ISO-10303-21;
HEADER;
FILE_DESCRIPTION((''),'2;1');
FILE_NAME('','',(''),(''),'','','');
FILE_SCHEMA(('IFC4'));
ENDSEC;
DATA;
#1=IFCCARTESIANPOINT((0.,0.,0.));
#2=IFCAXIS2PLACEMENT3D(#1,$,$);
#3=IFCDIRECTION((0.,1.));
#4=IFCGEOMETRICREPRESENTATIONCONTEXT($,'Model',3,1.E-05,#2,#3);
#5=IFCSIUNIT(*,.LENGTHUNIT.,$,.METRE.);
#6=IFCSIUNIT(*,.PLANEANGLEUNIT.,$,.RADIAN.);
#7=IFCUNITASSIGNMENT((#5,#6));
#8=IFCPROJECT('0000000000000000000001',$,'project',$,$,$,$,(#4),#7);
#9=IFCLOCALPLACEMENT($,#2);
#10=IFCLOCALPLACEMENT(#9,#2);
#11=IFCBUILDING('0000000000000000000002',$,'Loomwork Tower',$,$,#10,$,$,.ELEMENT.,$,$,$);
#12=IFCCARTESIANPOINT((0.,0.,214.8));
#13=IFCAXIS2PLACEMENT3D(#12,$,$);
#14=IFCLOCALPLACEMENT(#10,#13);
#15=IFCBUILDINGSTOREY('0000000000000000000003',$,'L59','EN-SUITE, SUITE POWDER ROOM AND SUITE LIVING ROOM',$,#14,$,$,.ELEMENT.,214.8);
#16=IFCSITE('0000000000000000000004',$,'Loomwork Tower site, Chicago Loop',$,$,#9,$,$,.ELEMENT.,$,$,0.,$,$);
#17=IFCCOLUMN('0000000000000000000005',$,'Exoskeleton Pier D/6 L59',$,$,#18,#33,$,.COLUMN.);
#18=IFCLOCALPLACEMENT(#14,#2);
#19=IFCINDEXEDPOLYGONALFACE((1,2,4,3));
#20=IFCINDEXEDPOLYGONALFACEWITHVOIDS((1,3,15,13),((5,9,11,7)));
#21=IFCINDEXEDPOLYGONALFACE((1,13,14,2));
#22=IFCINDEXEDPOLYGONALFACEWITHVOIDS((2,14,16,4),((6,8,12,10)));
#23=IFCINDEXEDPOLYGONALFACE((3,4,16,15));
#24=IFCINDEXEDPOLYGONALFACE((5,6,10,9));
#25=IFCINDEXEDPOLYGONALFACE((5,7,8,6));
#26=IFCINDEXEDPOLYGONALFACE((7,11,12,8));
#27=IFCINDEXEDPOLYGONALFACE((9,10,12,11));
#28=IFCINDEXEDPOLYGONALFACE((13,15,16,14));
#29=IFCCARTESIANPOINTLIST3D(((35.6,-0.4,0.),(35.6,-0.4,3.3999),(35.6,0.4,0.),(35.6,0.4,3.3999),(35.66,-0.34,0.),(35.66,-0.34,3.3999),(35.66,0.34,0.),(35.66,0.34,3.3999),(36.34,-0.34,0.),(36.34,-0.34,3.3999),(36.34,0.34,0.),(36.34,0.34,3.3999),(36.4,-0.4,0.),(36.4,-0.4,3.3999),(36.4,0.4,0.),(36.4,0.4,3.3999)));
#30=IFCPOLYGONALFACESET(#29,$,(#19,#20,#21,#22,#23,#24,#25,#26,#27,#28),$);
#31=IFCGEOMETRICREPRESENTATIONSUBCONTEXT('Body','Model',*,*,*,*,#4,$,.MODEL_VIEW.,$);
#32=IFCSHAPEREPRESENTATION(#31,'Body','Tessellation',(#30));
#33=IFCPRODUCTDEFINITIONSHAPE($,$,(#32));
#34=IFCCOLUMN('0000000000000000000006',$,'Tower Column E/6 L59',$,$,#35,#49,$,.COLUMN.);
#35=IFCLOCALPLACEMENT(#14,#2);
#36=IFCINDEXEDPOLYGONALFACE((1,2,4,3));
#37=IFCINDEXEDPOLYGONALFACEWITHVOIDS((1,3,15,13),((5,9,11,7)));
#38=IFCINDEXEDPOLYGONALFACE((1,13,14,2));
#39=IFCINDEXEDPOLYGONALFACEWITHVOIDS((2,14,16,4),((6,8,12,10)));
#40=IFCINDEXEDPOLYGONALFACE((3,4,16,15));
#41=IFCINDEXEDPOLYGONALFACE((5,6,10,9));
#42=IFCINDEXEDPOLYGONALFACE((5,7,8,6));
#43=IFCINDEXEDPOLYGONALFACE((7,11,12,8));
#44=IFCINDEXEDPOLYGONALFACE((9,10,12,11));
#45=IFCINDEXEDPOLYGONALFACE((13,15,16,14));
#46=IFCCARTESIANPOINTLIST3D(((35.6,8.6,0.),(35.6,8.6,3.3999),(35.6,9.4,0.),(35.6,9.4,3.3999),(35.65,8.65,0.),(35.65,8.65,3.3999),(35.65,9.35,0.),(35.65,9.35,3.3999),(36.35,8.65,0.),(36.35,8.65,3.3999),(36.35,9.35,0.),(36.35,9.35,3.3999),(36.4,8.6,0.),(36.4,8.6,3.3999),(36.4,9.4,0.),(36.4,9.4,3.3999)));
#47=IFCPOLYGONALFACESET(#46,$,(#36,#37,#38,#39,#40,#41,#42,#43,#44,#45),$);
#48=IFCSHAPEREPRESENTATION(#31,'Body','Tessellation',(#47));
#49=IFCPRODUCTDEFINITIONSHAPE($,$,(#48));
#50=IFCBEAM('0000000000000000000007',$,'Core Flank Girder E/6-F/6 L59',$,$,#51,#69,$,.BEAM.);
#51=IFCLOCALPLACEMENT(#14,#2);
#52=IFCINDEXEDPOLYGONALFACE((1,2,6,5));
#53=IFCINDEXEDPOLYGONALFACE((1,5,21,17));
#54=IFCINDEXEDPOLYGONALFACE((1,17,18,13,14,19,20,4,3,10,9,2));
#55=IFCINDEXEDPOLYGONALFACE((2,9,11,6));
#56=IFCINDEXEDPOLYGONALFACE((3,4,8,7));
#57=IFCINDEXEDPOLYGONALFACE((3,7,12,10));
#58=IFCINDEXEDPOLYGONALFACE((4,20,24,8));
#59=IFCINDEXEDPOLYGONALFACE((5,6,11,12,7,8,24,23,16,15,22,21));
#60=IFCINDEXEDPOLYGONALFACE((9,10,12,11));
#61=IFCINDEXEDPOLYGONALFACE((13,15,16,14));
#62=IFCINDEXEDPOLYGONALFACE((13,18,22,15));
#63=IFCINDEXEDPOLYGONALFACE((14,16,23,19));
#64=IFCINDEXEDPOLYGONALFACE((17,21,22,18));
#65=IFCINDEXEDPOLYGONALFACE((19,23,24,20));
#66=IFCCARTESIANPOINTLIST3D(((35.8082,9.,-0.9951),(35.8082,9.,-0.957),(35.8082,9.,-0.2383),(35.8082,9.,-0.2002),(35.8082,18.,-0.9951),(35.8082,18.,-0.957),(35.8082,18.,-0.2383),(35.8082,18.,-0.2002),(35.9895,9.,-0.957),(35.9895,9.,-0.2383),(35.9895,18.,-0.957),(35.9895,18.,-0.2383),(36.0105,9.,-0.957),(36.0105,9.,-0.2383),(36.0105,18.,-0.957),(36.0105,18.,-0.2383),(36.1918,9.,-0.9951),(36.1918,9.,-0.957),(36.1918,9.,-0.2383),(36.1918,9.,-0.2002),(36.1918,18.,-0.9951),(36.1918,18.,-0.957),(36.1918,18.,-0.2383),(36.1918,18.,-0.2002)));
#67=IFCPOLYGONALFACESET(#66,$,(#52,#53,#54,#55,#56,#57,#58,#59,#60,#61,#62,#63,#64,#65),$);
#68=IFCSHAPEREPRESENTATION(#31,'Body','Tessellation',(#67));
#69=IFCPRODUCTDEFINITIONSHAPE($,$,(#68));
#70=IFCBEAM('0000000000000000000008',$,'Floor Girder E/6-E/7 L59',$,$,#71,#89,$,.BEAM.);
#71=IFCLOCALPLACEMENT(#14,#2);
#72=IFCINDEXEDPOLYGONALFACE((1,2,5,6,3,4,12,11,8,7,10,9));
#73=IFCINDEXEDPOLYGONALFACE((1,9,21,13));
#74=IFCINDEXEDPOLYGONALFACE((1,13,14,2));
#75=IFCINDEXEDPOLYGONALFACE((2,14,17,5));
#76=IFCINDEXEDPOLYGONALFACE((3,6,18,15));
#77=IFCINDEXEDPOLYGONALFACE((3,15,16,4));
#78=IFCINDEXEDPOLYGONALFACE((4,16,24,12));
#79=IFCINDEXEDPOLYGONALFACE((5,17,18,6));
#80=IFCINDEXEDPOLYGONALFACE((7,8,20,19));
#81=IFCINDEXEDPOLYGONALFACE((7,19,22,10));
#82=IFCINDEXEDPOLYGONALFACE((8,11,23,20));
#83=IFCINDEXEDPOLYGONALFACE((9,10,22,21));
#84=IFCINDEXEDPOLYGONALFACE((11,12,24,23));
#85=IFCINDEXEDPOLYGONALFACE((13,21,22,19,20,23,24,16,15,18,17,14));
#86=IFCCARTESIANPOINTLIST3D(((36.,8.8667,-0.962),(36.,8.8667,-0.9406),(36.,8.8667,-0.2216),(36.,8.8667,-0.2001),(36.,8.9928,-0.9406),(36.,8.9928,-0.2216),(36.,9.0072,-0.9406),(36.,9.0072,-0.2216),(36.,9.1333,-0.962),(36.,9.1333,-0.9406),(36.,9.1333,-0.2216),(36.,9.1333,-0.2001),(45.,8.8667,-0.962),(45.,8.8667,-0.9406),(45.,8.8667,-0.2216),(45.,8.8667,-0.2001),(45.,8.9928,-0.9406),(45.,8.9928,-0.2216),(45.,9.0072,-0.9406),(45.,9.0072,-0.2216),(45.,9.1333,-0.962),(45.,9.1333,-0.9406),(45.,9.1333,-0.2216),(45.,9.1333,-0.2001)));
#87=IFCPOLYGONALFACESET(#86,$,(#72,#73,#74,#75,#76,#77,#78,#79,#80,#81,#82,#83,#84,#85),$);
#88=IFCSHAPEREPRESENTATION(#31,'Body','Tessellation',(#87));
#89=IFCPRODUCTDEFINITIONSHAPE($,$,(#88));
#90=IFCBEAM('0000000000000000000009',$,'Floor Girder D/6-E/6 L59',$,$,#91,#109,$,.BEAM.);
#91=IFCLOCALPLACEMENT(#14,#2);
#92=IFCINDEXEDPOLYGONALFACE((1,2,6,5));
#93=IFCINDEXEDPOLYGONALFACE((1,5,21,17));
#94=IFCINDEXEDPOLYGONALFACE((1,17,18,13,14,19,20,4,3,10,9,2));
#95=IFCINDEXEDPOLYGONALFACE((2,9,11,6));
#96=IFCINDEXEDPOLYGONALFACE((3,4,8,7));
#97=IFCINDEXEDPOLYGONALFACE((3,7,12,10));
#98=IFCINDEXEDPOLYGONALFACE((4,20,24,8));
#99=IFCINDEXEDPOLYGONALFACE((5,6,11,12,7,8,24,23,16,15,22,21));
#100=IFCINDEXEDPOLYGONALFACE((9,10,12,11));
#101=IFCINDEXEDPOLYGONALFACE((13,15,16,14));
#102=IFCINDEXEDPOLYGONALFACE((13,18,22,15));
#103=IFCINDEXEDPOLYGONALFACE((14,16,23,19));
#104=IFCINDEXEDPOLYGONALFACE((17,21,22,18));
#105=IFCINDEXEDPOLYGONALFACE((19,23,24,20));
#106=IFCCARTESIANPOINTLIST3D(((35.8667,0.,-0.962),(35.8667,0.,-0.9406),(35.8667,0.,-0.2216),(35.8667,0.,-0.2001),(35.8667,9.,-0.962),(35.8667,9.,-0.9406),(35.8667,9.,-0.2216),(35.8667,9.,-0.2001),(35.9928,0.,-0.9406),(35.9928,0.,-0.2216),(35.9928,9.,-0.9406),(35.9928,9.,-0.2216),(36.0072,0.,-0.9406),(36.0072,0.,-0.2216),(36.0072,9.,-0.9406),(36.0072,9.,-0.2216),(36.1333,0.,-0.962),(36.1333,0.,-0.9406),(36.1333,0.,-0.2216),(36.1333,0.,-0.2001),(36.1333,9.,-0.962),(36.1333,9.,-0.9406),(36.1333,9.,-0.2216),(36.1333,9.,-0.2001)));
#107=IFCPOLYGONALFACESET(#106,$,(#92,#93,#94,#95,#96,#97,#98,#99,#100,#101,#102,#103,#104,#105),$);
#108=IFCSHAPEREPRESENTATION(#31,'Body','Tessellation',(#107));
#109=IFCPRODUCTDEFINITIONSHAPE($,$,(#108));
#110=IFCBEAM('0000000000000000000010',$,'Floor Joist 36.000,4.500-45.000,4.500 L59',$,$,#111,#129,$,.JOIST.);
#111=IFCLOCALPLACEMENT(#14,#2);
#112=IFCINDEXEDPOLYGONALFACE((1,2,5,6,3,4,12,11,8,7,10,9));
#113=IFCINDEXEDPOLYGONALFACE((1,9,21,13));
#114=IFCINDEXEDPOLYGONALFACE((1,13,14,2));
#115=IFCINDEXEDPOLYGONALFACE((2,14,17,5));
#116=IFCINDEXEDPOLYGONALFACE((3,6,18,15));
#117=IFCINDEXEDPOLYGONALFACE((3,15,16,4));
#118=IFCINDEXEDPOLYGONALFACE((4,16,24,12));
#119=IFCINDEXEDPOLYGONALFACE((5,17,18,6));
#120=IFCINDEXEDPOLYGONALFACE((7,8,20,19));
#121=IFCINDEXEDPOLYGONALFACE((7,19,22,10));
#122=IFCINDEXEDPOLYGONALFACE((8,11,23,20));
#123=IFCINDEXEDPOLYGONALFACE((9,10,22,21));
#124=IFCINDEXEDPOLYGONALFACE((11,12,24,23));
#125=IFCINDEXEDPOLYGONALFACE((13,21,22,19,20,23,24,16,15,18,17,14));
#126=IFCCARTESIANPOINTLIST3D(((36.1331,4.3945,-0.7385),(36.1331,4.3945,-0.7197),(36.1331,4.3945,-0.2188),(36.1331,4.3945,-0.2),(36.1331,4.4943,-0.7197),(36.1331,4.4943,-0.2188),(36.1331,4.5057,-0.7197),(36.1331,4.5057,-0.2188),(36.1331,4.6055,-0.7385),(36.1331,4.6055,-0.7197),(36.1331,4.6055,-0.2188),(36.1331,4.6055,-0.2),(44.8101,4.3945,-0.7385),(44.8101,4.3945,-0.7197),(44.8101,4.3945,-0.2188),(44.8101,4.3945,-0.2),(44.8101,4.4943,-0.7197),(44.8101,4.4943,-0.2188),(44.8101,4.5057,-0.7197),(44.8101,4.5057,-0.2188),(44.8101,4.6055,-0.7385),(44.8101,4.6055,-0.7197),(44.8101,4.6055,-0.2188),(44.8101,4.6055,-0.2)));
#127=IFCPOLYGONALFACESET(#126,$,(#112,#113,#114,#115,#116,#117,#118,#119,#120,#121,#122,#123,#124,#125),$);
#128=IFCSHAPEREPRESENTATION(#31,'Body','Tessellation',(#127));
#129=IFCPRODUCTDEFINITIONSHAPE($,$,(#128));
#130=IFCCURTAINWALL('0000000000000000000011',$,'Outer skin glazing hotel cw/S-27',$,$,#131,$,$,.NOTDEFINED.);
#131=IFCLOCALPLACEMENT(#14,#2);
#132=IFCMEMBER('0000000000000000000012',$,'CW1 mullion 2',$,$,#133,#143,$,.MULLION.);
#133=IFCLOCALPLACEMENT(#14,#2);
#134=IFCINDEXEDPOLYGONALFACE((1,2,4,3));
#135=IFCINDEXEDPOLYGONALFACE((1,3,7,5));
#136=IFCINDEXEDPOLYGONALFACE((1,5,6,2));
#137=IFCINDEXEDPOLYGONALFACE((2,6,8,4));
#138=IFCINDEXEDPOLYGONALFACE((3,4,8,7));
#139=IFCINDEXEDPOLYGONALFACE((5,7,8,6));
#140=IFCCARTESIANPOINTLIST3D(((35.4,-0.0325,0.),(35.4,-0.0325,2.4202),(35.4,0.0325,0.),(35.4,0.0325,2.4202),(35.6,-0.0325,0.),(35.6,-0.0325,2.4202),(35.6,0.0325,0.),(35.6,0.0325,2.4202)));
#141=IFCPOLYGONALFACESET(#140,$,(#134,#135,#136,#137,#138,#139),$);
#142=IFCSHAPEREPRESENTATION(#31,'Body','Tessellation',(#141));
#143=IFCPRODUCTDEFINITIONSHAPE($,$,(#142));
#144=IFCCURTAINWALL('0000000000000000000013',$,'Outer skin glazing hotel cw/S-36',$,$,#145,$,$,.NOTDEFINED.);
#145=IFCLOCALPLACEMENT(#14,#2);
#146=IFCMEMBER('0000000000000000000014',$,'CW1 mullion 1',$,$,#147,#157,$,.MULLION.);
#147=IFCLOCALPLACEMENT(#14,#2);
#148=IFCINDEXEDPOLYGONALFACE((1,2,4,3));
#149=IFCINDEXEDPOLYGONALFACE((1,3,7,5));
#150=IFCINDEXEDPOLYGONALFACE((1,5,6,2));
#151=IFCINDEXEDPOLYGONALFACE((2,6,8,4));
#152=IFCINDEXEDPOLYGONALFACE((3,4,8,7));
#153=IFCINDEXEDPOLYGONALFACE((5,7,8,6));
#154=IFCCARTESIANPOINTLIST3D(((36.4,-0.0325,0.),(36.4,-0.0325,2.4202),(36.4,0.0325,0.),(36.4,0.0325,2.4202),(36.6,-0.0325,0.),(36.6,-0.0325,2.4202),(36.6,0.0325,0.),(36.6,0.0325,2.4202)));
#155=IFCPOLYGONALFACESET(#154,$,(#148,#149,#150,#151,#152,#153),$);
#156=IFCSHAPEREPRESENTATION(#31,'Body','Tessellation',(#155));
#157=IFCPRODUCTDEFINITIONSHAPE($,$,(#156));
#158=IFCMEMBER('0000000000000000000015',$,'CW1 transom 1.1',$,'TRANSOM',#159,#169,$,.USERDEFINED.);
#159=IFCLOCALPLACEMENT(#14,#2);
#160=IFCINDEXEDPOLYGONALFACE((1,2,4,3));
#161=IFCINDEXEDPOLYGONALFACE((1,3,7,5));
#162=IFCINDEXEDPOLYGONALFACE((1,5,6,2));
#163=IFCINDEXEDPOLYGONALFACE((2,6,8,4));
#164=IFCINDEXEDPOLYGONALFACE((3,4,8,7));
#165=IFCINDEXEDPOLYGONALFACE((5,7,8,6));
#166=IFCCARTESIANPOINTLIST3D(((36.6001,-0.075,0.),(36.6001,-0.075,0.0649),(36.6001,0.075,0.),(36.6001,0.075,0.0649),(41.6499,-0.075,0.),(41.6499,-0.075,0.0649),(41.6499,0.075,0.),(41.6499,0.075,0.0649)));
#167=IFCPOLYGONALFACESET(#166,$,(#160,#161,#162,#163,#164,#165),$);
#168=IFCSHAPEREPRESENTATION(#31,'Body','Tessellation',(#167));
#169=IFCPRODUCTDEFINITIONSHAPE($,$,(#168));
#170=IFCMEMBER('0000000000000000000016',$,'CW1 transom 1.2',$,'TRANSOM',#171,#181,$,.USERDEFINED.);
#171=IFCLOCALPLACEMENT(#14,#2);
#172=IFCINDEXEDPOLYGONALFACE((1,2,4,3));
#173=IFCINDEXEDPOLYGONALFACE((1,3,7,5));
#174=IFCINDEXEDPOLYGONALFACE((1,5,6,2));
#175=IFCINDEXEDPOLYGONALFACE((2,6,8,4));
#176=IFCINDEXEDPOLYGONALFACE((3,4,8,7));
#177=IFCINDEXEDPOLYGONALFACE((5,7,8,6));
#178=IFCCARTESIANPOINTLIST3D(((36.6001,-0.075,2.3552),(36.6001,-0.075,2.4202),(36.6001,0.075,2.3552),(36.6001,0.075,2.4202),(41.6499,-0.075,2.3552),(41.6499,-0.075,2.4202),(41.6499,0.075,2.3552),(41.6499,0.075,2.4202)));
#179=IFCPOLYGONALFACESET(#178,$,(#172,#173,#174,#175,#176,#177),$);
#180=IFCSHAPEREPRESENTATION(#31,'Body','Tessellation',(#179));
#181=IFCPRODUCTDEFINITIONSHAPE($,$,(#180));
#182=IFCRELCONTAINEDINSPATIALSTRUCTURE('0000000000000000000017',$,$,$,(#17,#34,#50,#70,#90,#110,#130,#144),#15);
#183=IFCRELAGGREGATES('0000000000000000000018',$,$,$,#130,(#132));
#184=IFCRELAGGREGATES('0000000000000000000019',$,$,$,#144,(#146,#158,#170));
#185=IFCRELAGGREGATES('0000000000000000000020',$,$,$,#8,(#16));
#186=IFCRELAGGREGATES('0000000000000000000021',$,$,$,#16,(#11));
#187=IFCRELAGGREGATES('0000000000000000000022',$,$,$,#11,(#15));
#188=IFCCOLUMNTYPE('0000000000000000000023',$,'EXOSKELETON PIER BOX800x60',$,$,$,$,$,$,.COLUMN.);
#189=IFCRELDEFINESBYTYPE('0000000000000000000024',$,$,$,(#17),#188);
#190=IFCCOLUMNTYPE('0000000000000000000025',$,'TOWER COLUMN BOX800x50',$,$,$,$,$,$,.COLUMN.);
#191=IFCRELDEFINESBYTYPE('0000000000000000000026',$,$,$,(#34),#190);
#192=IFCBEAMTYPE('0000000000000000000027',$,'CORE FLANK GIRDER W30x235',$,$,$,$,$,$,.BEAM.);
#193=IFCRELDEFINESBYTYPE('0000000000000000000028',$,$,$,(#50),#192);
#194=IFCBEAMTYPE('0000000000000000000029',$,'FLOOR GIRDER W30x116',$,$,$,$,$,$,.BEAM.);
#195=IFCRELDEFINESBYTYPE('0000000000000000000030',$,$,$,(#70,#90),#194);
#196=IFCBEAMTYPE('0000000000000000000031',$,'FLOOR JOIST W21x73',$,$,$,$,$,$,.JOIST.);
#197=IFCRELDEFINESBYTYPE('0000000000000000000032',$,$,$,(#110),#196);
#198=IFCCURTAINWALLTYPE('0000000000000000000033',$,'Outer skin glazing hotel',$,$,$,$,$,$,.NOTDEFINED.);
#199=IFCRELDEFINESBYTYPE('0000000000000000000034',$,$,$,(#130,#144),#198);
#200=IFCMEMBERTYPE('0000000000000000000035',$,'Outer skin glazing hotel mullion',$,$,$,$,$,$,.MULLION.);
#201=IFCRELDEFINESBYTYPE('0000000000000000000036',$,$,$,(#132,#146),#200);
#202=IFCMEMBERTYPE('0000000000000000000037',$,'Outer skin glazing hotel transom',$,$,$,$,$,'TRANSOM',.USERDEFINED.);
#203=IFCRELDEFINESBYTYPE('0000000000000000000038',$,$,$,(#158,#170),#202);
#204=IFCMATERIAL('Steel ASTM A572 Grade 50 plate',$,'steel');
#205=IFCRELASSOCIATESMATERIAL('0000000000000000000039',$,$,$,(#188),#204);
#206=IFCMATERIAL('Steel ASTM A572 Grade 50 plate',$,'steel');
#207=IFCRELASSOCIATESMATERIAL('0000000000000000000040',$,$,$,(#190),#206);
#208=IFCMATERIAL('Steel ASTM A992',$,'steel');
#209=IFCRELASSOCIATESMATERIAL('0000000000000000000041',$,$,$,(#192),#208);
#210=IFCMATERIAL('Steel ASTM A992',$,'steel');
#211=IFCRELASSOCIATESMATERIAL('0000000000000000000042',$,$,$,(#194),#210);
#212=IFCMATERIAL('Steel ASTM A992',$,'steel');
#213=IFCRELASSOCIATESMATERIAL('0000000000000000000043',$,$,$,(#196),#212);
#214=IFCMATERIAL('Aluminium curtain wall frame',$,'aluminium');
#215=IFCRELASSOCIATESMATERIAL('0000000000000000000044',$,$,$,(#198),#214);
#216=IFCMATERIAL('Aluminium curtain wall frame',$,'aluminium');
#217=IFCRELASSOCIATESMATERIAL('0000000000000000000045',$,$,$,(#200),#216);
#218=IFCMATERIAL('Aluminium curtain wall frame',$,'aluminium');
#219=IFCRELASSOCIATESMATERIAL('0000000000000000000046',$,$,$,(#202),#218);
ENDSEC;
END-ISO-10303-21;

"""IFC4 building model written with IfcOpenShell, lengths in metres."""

from ifc_helpers import new_model, si_unit, direction, frame, origin, origin_2d, place, context, subcontext, project, spatial, rectangle, hollow_rectangle, i_section, extrude, material, material_profile, profile_set, type_object, element, aggregate, save


model = new_model("IFC4")

# Units and contexts
model_context = context("Model", 3, precision=1e-05, world=origin(), true_north=direction((0.0, 1.0)))
body_context = subcontext(model_context, "Body", "Model", "MODEL_VIEW")
ifc_project = project(units=[si_unit("LENGTHUNIT", "METRE"), si_unit("PLANEANGLEUNIT", "RADIAN")], contexts=[model_context])

# Site, building, storey
site_placement = place(None, origin())
site = spatial("IfcSite", under=ifc_project, at=site_placement, Name="Loomwork Tower site, Chicago Loop", CompositionType="ELEMENT", RefElevation=0.0)
building_placement = place(site_placement, origin())
building = spatial("IfcBuilding", under=site, at=building_placement, Name="Loomwork Tower", CompositionType="ELEMENT")
storey_placement = place(building_placement, frame((0.0, 0.0, 214.8)))
storey = spatial("IfcBuildingStorey", under=building, at=storey_placement, Name="L59", Description="EN-SUITE, SUITE POWDER ROOM AND SUITE LIVING ROOM", CompositionType="ELEMENT", Elevation=214.8)

# Columns
ifc_material_1 = material(Name="Steel ASTM A572 Grade 50 plate", Category="steel")
ifc_material_profile_1 = material_profile(ifc_material_1, hollow_rectangle(XDim=0.8, YDim=0.8, WallThickness=0.0601, at=origin_2d()), Name="BOX800x60")
ifc_profile_set_1 = profile_set([ifc_material_profile_1], Name="Steel ASTM A572 Grade 50 plate")
column_type_1 = type_object("IfcColumnType", Name="EXOSKELETON PIER BOX800x60", PredefinedType="COLUMN", material=ifc_profile_set_1)
column_1_placement = place(storey_placement, frame((36.0, 0.0, 0.0), z_axis=(0.0, 0.0, 1.0), x_axis=(1.0, 0.0, 0.0)))
element("IfcColumn", 1, at=column_1_placement, inside=storey, type_object=column_type_1, Name="Exoskeleton Pier D/6 L59", PredefinedType="COLUMN", context=body_context, shape_type="SweptSolid", body=[
    extrude(hollow_rectangle(XDim=0.8, YDim=0.8, WallThickness=0.0601, at=origin_2d()), origin(), (0.0, 0.0, 1.0), 3.3999),
])
ifc_material_2 = material(Name="Steel ASTM A572 Grade 50 plate", Category="steel")
ifc_material_profile_2 = material_profile(ifc_material_2, hollow_rectangle(XDim=0.8, YDim=0.8, WallThickness=0.05, at=origin_2d()), Name="BOX800x50")
ifc_profile_set_2 = profile_set([ifc_material_profile_2], Name="Steel ASTM A572 Grade 50 plate")
column_type_2 = type_object("IfcColumnType", Name="TOWER COLUMN BOX800x50", PredefinedType="COLUMN", material=ifc_profile_set_2)
column_2_placement = place(storey_placement, frame((36.0, 9.0, 0.0), z_axis=(0.0, 0.0, 1.0), x_axis=(0.0, 1.0, 0.0)))
element("IfcColumn", 2, at=column_2_placement, inside=storey, type_object=column_type_2, Name="Tower Column E/6 L59", PredefinedType="COLUMN", context=body_context, shape_type="SweptSolid", body=[
    extrude(hollow_rectangle(XDim=0.8, YDim=0.8, WallThickness=0.05, at=origin_2d()), origin(), (0.0, 0.0, 1.0), 3.3999),
])

# Beams
ifc_material_3 = material(Name="Steel ASTM A992", Category="steel")
ifc_material_profile_3 = material_profile(ifc_material_3, i_section(OverallWidth=0.3835, OverallDepth=0.7949, WebThickness=0.021, FlangeThickness=0.0381, at=origin_2d()), Name="W30x235")
ifc_profile_set_3 = profile_set([ifc_material_profile_3], Name="Steel ASTM A992")
beam_type_1 = type_object("IfcBeamType", Name="CORE FLANK GIRDER W30x235", PredefinedType="BEAM", material=ifc_profile_set_3)
beam_1_placement = place(storey_placement, frame((36.0, 9.0, -0.5977), z_axis=(0.0, 1.0, 0.0), x_axis=(-1.0, 0.0, 0.0)))
element("IfcBeam", 3, at=beam_1_placement, inside=storey, type_object=beam_type_1, Name="Core Flank Girder E/6-F/6 L59", PredefinedType="BEAM", context=body_context, shape_type="SweptSolid", body=[
    extrude(i_section(OverallWidth=0.3835, OverallDepth=0.7949, WebThickness=0.021, FlangeThickness=0.0381, at=origin_2d()), origin(), (0.0, 0.0, 1.0), 9.0),
])
ifc_material_4 = material(Name="Steel ASTM A992", Category="steel")
ifc_material_profile_4 = material_profile(ifc_material_4, i_section(OverallWidth=0.2666, OverallDepth=0.762, WebThickness=0.0144, FlangeThickness=0.0215, at=origin_2d()), Name="W30x116")
ifc_profile_set_4 = profile_set([ifc_material_profile_4], Name="Steel ASTM A992")
beam_type_2 = type_object("IfcBeamType", Name="FLOOR GIRDER W30x116", PredefinedType="BEAM", material=ifc_profile_set_4)
for number, where, z_axis, x_axis, name in (
    (4, (36.0, 9.0, -0.5811), (1.0, 0.0, 0.0), (0.0, 1.0, 0.0), "Floor Girder E/6-E/7 L59"),
    (5, (36.0, 0.0, -0.5811), (0.0, 1.0, 0.0), (-1.0, 0.0, 0.0), "Floor Girder D/6-E/6 L59"),
):
    element("IfcBeam", number, at=place(storey_placement, frame(where, z_axis=z_axis, x_axis=x_axis)), inside=storey, type_object=beam_type_2, Name=name, PredefinedType="BEAM", context=body_context, shape_type="SweptSolid", body=[
        extrude(i_section(OverallWidth=0.2666, OverallDepth=0.762, WebThickness=0.0144, FlangeThickness=0.0215, at=origin_2d()), origin(), (0.0, 0.0, 1.0), 9.0),
    ])
ifc_material_5 = material(Name="Steel ASTM A992", Category="steel")
ifc_material_profile_5 = material_profile(ifc_material_5, i_section(OverallWidth=0.2109, OverallDepth=0.5386, WebThickness=0.0115, FlangeThickness=0.0188, at=origin_2d()), Name="W21x73")
ifc_profile_set_5 = profile_set([ifc_material_profile_5], Name="Steel ASTM A992")
beam_type_3 = type_object("IfcBeamType", Name="FLOOR JOIST W21x73", PredefinedType="JOIST", material=ifc_profile_set_5)
beam_2_placement = place(storey_placement, frame((36.1331, 4.5, -0.4692), z_axis=(1.0, 0.0, 0.0), x_axis=(0.0, 1.0, 0.0)))
element("IfcBeam", 6, at=beam_2_placement, inside=storey, type_object=beam_type_3, Name="Floor Joist 36.000,4.500-45.000,4.500 L59", PredefinedType="JOIST", context=body_context, shape_type="SweptSolid", body=[
    extrude(i_section(OverallWidth=0.2109, OverallDepth=0.5386, WebThickness=0.0115, FlangeThickness=0.0188, at=origin_2d()), origin(), (0.0, 0.0, 1.0), 8.677),
])

# Curtain wall, member
ifc_material_6 = material(Name="Aluminium curtain wall frame", Category="aluminium")
curtain_wall_type = type_object("IfcCurtainWallType", Name="Outer skin glazing hotel", PredefinedType="NOTDEFINED", material=ifc_material_6)
curtain_wall_1_placement = place(storey_placement, origin())
curtain_wall_1 = element("IfcCurtainWall", 7, at=curtain_wall_1_placement, inside=storey, type_object=curtain_wall_type, Name="Outer skin glazing hotel cw/S-27", PredefinedType="NOTDEFINED")
ifc_material_7 = material(Name="Aluminium curtain wall frame", Category="aluminium")
ifc_material_profile_6 = material_profile(ifc_material_7, rectangle(XDim=0.0649, YDim=0.2, at=origin_2d()), Name="AL 65x200")
ifc_profile_set_6 = profile_set([ifc_material_profile_6], Name="Aluminium curtain wall frame")
member_type_1 = type_object("IfcMemberType", Name="Outer skin glazing hotel mullion", PredefinedType="MULLION", material=ifc_profile_set_6)
member_1_placement = place(storey_placement, frame((35.5, 0.0, 0.0), z_axis=(0.0, 0.0, 1.0), x_axis=(0.0, 1.0, 0.0)))
member_1 = element("IfcMember", 8, at=member_1_placement, type_object=member_type_1, Name="CW1 mullion 2", PredefinedType="MULLION", context=body_context, shape_type="SweptSolid", body=[
    extrude(rectangle(XDim=0.0649, YDim=0.2, at=origin_2d()), origin(), (0.0, 0.0, 1.0), 2.4202),
])
aggregate(curtain_wall_1, [member_1])

# Curtain wall, members
curtain_wall_2_placement = place(storey_placement, origin())
curtain_wall_2 = element("IfcCurtainWall", 9, at=curtain_wall_2_placement, inside=storey, type_object=curtain_wall_type, Name="Outer skin glazing hotel cw/S-36", PredefinedType="NOTDEFINED")
member_2_placement = place(storey_placement, frame((36.5, 0.0, 0.0), z_axis=(0.0, 0.0, 1.0), x_axis=(0.0, 1.0, 0.0)))
member_2 = element("IfcMember", 10, at=member_2_placement, type_object=member_type_1, Name="CW1 mullion 1", PredefinedType="MULLION", context=body_context, shape_type="SweptSolid", body=[
    extrude(rectangle(XDim=0.0649, YDim=0.2, at=origin_2d()), origin(), (0.0, 0.0, 1.0), 2.4202),
])
ifc_material_8 = material(Name="Aluminium curtain wall frame", Category="aluminium")
ifc_material_profile_7 = material_profile(ifc_material_8, rectangle(XDim=0.1499, YDim=0.0649, at=origin_2d()), Name="AL 65x150")
ifc_profile_set_7 = profile_set([ifc_material_profile_7], Name="Aluminium curtain wall frame")
member_type_2 = type_object("IfcMemberType", Name="Outer skin glazing hotel transom", ElementType="TRANSOM", PredefinedType="USERDEFINED", material=ifc_profile_set_7)
member_3_placement = place(storey_placement, frame((36.6001, 0.0, 0.0325), z_axis=(1.0, 0.0, 0.0), x_axis=(0.0, 1.0, 0.0)))
member_3 = element("IfcMember", 11, at=member_3_placement, type_object=member_type_2, Name="CW1 transom 1.1", ObjectType="TRANSOM", PredefinedType="USERDEFINED", context=body_context, shape_type="SweptSolid", body=[
    extrude(rectangle(XDim=0.1499, YDim=0.0649, at=origin_2d()), origin(), (0.0, 0.0, 1.0), 5.0498),
])
member_4_placement = place(storey_placement, frame((36.6001, 0.0, 2.3877), z_axis=(1.0, 0.0, 0.0), x_axis=(0.0, 1.0, 0.0)))
member_4 = element("IfcMember", 12, at=member_4_placement, type_object=member_type_2, Name="CW1 transom 1.2", ObjectType="TRANSOM", PredefinedType="USERDEFINED", context=body_context, shape_type="SweptSolid", body=[
    extrude(rectangle(XDim=0.1499, YDim=0.0649, at=origin_2d()), origin(), (0.0, 0.0, 1.0), 5.0498),
])
aggregate(curtain_wall_2, [member_2, member_3, member_4])

save(model, "model.ifc")
